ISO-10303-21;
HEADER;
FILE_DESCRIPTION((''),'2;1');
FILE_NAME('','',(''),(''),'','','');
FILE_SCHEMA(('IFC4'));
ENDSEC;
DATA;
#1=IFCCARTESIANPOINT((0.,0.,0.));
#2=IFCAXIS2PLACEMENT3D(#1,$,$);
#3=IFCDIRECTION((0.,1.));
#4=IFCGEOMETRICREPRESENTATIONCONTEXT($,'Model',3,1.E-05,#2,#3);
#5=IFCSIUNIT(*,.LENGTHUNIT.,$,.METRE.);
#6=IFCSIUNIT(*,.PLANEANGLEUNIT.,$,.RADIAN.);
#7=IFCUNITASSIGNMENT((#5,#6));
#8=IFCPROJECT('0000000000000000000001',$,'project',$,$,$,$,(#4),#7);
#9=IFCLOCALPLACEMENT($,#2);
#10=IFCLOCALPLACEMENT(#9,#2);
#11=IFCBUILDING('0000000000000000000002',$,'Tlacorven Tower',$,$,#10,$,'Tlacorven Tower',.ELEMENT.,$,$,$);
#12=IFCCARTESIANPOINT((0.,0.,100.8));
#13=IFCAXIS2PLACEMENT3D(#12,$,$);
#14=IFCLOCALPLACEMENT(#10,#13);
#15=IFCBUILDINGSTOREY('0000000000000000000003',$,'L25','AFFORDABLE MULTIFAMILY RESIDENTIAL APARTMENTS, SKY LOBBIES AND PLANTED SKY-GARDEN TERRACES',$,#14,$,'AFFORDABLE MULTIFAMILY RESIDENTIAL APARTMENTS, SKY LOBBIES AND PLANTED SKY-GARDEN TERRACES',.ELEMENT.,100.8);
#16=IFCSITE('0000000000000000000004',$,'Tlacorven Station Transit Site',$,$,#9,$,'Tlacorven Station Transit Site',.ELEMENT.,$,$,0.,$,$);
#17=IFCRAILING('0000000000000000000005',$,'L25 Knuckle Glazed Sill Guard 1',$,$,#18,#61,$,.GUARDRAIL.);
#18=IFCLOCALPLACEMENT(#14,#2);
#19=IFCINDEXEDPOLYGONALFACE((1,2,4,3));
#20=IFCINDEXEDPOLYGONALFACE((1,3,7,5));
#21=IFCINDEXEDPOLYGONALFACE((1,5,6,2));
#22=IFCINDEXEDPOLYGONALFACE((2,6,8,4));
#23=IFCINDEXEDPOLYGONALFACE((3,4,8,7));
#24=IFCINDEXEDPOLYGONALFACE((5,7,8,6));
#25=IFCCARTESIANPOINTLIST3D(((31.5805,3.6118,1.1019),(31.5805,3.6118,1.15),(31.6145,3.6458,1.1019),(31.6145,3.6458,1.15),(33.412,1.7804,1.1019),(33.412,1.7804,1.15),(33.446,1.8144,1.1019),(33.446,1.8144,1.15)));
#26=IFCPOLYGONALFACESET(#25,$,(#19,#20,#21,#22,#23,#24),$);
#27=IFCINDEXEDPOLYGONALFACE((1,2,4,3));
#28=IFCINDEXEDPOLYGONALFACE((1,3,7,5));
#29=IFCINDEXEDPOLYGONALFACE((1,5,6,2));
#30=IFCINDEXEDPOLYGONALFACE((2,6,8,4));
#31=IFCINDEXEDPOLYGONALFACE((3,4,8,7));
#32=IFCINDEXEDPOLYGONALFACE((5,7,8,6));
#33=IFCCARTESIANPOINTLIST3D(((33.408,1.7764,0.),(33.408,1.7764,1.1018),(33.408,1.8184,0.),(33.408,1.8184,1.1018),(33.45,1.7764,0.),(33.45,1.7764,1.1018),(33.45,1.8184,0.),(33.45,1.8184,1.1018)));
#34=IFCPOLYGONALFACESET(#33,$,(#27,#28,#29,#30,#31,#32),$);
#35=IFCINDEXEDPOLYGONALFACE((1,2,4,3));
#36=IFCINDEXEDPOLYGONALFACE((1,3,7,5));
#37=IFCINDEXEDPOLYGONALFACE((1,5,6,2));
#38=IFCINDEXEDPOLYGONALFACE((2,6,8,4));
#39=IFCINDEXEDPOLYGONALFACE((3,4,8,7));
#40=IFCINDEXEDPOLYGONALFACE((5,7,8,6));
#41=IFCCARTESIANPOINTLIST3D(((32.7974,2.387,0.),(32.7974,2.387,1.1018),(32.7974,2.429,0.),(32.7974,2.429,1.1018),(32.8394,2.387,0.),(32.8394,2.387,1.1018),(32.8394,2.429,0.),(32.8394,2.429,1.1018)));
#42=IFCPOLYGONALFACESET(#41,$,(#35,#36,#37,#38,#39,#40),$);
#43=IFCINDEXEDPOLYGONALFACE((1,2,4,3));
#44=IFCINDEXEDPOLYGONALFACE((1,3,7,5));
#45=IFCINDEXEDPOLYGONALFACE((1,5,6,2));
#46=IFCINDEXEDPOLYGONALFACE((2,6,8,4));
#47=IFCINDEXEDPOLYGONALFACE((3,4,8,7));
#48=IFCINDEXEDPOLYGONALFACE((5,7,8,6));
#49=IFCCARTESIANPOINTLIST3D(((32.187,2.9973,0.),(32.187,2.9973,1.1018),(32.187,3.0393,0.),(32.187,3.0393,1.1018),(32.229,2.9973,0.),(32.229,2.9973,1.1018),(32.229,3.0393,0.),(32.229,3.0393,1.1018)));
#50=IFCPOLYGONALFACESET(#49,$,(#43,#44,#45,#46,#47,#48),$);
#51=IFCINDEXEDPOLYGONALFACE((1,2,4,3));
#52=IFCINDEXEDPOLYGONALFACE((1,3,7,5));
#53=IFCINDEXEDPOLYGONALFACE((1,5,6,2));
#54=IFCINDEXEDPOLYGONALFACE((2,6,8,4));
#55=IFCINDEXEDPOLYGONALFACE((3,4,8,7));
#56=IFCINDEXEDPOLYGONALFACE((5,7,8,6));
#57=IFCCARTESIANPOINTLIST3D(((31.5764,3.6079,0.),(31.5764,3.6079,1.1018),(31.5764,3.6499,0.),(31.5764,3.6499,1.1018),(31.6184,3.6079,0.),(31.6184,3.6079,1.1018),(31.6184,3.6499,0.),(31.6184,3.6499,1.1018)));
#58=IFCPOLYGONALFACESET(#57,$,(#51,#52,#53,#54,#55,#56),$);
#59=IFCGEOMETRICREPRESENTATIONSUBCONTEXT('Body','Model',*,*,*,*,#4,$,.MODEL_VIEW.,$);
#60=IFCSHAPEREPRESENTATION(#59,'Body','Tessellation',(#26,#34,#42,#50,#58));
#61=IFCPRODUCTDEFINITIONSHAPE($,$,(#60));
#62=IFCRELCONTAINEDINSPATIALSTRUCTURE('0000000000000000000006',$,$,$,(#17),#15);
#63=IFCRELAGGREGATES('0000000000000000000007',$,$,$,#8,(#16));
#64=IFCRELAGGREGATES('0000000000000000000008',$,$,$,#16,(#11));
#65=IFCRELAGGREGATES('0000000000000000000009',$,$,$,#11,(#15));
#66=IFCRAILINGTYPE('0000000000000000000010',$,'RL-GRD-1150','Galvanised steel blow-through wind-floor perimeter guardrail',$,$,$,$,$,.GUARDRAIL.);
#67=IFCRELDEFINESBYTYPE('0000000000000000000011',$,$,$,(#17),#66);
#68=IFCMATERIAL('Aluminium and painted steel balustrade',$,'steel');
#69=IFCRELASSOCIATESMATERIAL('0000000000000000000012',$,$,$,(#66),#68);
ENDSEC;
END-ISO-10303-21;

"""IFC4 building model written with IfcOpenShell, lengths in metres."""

from ifc_helpers import new_model, si_unit, direction, frame, origin, origin_2d, place, context, subcontext, project, spatial, rectangle, extrude, source, transform, mapped, material, type_object, element, save


model = new_model("IFC4")

# Units and contexts
model_context = context("Model", 3, precision=1e-05, world=origin(), true_north=direction((0.0, 1.0)))
body_context = subcontext(model_context, "Body", "Model", "MODEL_VIEW")
ifc_project = project(units=[si_unit("LENGTHUNIT", "METRE"), si_unit("PLANEANGLEUNIT", "RADIAN")], contexts=[model_context])

# Site, building, storey
site_placement = place(None, origin())
site = spatial("IfcSite", under=ifc_project, at=site_placement, Name="Tlacorven Station Transit Site", LongName="Tlacorven Station Transit Site", CompositionType="ELEMENT", RefElevation=0.0)
building_placement = place(site_placement, origin())
building = spatial("IfcBuilding", under=site, at=building_placement, Name="Tlacorven Tower", LongName="Tlacorven Tower", CompositionType="ELEMENT")
storey_placement = place(building_placement, frame((0.0, 0.0, 100.8)))
storey = spatial("IfcBuildingStorey", under=building, at=storey_placement, Name="L25", Description="AFFORDABLE MULTIFAMILY RESIDENTIAL APARTMENTS, SKY LOBBIES AND PLANTED SKY-GARDEN TERRACES", LongName="AFFORDABLE MULTIFAMILY RESIDENTIAL APARTMENTS, SKY LOBBIES AND PLANTED SKY-GARDEN TERRACES", CompositionType="ELEMENT", Elevation=100.8)

# Railing
ifc_material_1 = material(Name="Aluminium and painted steel balustrade", Category="steel")
railing_type = type_object("IfcRailingType", Name="RL-GRD-1150", Description="Galvanised steel blow-through wind-floor perimeter guardrail", PredefinedType="GUARDRAIL", material=ifc_material_1)
shared_shape_1 = source(origin(), body_context, "Body", "SweptSolid", [
    extrude(rectangle(XDim=0.0481, YDim=0.0481, at=origin_2d()), frame((0.0, 0.0, 1.126), z_axis=(-0.707107, 0.707107, 0.0), x_axis=(-0.707107, -0.707107, 0.0)), (0.0, 0.0, 1.0), 2.5901),
    extrude(rectangle(XDim=0.042, YDim=0.042, at=origin_2d()), origin(), (0.0, 0.0, 1.0), 1.1018),
    extrude(rectangle(XDim=0.042, YDim=0.042, at=origin_2d()), frame((-0.6106, 0.6106, 0.0)), (0.0, 0.0, 1.0), 1.1018),
    extrude(rectangle(XDim=0.042, YDim=0.042, at=origin_2d()), frame((-1.2209, 1.2209, 0.0)), (0.0, 0.0, 1.0), 1.1018),
    extrude(rectangle(XDim=0.042, YDim=0.042, at=origin_2d()), frame((-1.8315, 1.8315, 0.0)), (0.0, 0.0, 1.0), 1.1018),
])
railing_placement = place(storey_placement, frame((33.429, 1.7974, 0.0)))
element("IfcRailing", 1, at=railing_placement, inside=storey, type_object=railing_type, Name="L25 Knuckle Glazed Sill Guard 1", PredefinedType="GUARDRAIL", context=body_context, shape_type="MappedRepresentation", body=[
    mapped(shared_shape_1, transform((0.0, 0.0, 0.0), scale=1.0)),
])

save(model, "model.ifc")
